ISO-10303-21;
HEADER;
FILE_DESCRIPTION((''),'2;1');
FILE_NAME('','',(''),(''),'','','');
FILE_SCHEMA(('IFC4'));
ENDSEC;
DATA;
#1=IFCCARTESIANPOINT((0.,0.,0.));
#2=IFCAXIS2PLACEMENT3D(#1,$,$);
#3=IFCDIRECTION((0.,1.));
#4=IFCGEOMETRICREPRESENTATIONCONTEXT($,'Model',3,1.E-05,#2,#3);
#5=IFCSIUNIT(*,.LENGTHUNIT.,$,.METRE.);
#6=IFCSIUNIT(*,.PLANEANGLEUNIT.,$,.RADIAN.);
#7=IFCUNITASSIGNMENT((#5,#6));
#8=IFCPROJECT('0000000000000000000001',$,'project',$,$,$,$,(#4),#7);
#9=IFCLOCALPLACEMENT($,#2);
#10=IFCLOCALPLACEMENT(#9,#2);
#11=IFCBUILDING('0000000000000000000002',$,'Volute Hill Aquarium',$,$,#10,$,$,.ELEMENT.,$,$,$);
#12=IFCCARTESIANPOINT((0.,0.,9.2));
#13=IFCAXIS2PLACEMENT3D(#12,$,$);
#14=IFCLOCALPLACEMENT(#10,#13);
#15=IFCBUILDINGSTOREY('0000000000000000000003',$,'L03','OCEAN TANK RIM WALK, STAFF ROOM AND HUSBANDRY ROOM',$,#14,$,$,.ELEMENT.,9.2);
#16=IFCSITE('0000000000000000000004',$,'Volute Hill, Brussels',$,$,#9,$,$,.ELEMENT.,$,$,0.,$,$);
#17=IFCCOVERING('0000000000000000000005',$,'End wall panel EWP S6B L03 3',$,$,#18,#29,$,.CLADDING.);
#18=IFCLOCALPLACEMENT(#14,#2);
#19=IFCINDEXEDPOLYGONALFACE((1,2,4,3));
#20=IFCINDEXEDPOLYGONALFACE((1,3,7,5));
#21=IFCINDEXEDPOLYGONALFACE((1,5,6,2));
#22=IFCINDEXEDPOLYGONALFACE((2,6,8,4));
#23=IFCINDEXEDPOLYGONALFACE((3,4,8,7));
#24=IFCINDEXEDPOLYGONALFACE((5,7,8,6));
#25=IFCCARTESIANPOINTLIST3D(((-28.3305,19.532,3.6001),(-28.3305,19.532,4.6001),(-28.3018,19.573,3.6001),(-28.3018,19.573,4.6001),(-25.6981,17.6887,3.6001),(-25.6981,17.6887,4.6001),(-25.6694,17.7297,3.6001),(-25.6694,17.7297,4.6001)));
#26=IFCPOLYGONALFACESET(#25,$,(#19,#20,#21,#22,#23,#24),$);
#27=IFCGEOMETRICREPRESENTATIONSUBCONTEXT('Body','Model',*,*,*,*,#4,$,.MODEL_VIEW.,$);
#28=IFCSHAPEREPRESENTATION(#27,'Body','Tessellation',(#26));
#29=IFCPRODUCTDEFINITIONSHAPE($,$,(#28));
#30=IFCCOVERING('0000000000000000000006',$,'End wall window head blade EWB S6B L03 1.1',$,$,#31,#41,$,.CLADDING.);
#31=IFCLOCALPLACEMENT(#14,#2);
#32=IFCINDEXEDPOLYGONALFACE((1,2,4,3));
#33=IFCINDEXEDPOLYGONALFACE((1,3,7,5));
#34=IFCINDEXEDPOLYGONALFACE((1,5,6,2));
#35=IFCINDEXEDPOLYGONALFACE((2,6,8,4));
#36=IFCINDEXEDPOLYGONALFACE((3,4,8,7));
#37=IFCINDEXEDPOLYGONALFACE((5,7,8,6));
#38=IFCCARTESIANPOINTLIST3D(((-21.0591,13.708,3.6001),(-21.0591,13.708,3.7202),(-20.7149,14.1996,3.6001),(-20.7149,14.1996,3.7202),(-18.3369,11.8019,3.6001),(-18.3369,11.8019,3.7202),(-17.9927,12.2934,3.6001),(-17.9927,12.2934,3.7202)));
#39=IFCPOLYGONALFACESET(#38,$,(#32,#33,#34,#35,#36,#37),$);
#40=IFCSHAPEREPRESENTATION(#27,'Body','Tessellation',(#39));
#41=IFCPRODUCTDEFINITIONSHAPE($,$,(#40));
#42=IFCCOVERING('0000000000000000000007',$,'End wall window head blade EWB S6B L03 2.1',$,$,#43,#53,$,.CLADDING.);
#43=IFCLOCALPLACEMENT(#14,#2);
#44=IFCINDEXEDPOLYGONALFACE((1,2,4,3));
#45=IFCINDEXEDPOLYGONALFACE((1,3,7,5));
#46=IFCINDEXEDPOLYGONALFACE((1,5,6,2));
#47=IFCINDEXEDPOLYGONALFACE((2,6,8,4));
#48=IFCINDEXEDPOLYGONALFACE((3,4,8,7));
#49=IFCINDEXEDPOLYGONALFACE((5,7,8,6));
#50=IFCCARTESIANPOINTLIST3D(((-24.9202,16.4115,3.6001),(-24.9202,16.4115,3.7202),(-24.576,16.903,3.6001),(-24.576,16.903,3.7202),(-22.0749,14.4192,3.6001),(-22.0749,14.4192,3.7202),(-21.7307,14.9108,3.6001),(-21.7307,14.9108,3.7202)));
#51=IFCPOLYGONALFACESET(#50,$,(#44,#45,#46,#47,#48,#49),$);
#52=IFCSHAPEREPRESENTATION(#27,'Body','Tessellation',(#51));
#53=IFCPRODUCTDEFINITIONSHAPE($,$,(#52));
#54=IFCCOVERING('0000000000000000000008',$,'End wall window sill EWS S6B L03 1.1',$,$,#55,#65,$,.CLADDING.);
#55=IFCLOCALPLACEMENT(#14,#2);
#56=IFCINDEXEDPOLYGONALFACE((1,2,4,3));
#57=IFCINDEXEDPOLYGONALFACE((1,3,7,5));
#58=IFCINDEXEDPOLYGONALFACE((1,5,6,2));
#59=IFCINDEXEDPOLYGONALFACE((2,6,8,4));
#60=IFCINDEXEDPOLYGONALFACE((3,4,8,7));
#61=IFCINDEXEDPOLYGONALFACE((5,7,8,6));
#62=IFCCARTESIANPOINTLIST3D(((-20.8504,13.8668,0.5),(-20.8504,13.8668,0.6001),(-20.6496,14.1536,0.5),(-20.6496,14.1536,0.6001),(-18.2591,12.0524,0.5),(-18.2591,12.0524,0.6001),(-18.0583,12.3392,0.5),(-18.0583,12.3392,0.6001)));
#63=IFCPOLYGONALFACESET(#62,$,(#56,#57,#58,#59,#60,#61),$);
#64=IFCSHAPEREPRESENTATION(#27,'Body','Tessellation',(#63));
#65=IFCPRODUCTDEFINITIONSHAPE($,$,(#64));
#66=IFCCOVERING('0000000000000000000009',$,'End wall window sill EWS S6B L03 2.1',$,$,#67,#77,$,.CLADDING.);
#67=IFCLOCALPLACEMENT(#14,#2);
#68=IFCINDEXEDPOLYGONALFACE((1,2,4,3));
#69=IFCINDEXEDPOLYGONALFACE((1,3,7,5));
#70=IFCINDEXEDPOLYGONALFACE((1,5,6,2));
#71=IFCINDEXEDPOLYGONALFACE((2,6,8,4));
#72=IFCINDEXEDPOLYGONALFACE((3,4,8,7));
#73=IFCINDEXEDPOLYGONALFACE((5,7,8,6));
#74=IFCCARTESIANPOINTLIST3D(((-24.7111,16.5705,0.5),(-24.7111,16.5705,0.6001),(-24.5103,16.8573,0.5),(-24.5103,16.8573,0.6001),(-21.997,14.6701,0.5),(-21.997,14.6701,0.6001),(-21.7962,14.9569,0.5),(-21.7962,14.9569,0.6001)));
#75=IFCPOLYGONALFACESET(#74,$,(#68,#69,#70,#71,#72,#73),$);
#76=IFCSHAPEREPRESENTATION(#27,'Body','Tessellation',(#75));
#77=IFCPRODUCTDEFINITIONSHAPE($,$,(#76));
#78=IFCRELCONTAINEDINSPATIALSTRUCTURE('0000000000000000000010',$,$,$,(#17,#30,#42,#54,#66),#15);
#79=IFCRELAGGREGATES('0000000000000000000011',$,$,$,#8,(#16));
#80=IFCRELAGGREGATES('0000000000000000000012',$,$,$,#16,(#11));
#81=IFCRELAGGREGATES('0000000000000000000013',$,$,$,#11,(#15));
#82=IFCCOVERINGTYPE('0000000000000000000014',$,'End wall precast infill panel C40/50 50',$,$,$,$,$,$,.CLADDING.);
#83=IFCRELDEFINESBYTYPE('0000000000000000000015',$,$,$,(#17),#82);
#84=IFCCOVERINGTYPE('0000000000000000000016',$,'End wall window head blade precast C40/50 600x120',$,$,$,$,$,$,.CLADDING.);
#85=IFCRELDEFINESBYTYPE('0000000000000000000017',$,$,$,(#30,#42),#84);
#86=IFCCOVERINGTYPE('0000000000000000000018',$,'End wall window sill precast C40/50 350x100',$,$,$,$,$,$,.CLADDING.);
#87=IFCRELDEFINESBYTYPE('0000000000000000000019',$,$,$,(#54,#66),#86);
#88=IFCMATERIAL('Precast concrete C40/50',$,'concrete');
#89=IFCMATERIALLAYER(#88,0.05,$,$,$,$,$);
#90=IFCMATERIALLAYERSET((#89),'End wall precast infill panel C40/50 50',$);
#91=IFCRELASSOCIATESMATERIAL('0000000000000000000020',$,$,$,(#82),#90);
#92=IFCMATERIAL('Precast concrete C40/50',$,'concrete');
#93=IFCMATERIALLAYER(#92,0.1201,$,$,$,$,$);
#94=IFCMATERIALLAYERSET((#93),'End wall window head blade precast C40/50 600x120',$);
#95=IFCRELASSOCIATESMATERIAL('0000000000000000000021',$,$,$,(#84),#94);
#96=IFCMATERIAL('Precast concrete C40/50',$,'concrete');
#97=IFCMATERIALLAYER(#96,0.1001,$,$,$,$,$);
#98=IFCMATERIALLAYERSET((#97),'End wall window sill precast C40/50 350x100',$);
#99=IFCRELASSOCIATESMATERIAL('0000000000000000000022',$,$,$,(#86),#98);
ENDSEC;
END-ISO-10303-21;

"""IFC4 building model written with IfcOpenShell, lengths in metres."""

from ifc_helpers import new_model, si_unit, direction, frame, origin, origin_2d, place, context, subcontext, project, spatial, polyline, rectangle, outline, extrude, material, layer, layer_set, type_object, element, save


model = new_model("IFC4")

# Units and contexts
model_context = context("Model", 3, precision=1e-05, world=origin(), true_north=direction((0.0, 1.0)))
body_context = subcontext(model_context, "Body", "Model", "MODEL_VIEW")
ifc_project = project(units=[si_unit("LENGTHUNIT", "METRE"), si_unit("PLANEANGLEUNIT", "RADIAN")], contexts=[model_context])

# Site, building, storey
site_placement = place(None, origin())
site = spatial("IfcSite", under=ifc_project, at=site_placement, Name="Volute Hill, Brussels", CompositionType="ELEMENT", RefElevation=0.0)
building_placement = place(site_placement, origin())
building = spatial("IfcBuilding", under=site, at=building_placement, Name="Volute Hill Aquarium", CompositionType="ELEMENT")
storey_placement = place(building_placement, frame((0.0, 0.0, 9.2)))
storey = spatial("IfcBuildingStorey", under=building, at=storey_placement, Name="L03", Description="OCEAN TANK RIM WALK, STAFF ROOM AND HUSBANDRY ROOM", CompositionType="ELEMENT", Elevation=9.2)

# Coverings
ifc_material_1 = material(Name="Precast concrete C40/50", Category="concrete")
ifc_layer_1 = layer(ifc_material_1, 0.05)
ifc_layer_set_1 = layer_set([ifc_layer_1], Name="End wall precast infill panel C40/50 50")
covering_type_1 = type_object("IfcCoveringType", Name="End wall precast infill panel C40/50 50", PredefinedType="CLADDING", material=ifc_layer_set_1)
covering_1_placement = place(storey_placement, frame((-25.6694, 17.7297, 3.6001), z_axis=(0.573595, 0.819139, 0.0), x_axis=(-0.819139, 0.573595, 0.0)))
element("IfcCovering", 1, at=covering_1_placement, inside=storey, type_object=covering_type_1, Name="End wall panel EWP S6B L03 3", PredefinedType="CLADDING", context=body_context, shape_type="SweptSolid", body=[
    extrude(outline(polyline([(0.0, 0.0), (3.2135, 0.0), (3.2135, 1.0), (0.0, 1.0), (0.0, 0.0)])), origin(), (0.0, 0.0, -1.0), 0.05),
])
ifc_material_2 = material(Name="Precast concrete C40/50", Category="concrete")
ifc_layer_2 = layer(ifc_material_2, 0.1201)
ifc_layer_set_2 = layer_set([ifc_layer_2], Name="End wall window head blade precast C40/50 600x120")
covering_type_2 = type_object("IfcCoveringType", Name="End wall window head blade precast C40/50 600x120", PredefinedType="CLADDING", material=ifc_layer_set_2)
covering_2_placement = place(storey_placement, frame((-19.5259, 13.0007, 3.6001), z_axis=(0.0, 0.0, 1.0), x_axis=(-0.819151, 0.573577, 0.0)))
element("IfcCovering", 2, at=covering_2_placement, inside=storey, type_object=covering_type_2, Name="End wall window head blade EWB S6B L03 1.1", PredefinedType="CLADDING", context=body_context, shape_type="SweptSolid", body=[
    extrude(rectangle(XDim=3.3232, YDim=0.6001, at=origin_2d()), origin(), (0.0, 0.0, 1.0), 0.1201),
])
covering_3_placement = place(storey_placement, frame((-23.3254, 15.6611, 3.6001), z_axis=(0.0, 0.0, 1.0), x_axis=(-0.819151, 0.573577, 0.0)))
element("IfcCovering", 3, at=covering_3_placement, inside=storey, type_object=covering_type_2, Name="End wall window head blade EWB S6B L03 2.1", PredefinedType="CLADDING", context=body_context, shape_type="SweptSolid", body=[
    extrude(rectangle(XDim=3.4734, YDim=0.6001, at=origin_2d()), origin(), (0.0, 0.0, 1.0), 0.1201),
])
ifc_material_3 = material(Name="Precast concrete C40/50", Category="concrete")
ifc_layer_3 = layer(ifc_material_3, 0.1001)
ifc_layer_set_3 = layer_set([ifc_layer_3], Name="End wall window sill precast C40/50 350x100")
covering_type_3 = type_object("IfcCoveringType", Name="End wall window sill precast C40/50 350x100", PredefinedType="CLADDING", material=ifc_layer_set_3)
covering_4_placement = place(storey_placement, frame((-19.4543, 13.103, 0.5), z_axis=(0.0, 0.0, 1.0), x_axis=(-0.819151, 0.573577, 0.0)))
element("IfcCovering", 4, at=covering_4_placement, inside=storey, type_object=covering_type_3, Name="End wall window sill EWS S6B L03 1.1", PredefinedType="CLADDING", context=body_context, shape_type="SweptSolid", body=[
    extrude(rectangle(XDim=3.1633, YDim=0.3501, at=origin_2d()), origin(), (0.0, 0.0, 1.0), 0.1001),
])
covering_5_placement = place(storey_placement, frame((-23.2537, 15.7637, 0.5), z_axis=(0.0, 0.0, 1.0), x_axis=(-0.819151, 0.573577, 0.0)))
element("IfcCovering", 5, at=covering_5_placement, inside=storey, type_object=covering_type_3, Name="End wall window sill EWS S6B L03 2.1", PredefinedType="CLADDING", context=body_context, shape_type="SweptSolid", body=[
    extrude(rectangle(XDim=3.3132, YDim=0.3501, at=origin_2d()), origin(), (0.0, 0.0, 1.0), 0.1001),
])

save(model, "model.ifc")
